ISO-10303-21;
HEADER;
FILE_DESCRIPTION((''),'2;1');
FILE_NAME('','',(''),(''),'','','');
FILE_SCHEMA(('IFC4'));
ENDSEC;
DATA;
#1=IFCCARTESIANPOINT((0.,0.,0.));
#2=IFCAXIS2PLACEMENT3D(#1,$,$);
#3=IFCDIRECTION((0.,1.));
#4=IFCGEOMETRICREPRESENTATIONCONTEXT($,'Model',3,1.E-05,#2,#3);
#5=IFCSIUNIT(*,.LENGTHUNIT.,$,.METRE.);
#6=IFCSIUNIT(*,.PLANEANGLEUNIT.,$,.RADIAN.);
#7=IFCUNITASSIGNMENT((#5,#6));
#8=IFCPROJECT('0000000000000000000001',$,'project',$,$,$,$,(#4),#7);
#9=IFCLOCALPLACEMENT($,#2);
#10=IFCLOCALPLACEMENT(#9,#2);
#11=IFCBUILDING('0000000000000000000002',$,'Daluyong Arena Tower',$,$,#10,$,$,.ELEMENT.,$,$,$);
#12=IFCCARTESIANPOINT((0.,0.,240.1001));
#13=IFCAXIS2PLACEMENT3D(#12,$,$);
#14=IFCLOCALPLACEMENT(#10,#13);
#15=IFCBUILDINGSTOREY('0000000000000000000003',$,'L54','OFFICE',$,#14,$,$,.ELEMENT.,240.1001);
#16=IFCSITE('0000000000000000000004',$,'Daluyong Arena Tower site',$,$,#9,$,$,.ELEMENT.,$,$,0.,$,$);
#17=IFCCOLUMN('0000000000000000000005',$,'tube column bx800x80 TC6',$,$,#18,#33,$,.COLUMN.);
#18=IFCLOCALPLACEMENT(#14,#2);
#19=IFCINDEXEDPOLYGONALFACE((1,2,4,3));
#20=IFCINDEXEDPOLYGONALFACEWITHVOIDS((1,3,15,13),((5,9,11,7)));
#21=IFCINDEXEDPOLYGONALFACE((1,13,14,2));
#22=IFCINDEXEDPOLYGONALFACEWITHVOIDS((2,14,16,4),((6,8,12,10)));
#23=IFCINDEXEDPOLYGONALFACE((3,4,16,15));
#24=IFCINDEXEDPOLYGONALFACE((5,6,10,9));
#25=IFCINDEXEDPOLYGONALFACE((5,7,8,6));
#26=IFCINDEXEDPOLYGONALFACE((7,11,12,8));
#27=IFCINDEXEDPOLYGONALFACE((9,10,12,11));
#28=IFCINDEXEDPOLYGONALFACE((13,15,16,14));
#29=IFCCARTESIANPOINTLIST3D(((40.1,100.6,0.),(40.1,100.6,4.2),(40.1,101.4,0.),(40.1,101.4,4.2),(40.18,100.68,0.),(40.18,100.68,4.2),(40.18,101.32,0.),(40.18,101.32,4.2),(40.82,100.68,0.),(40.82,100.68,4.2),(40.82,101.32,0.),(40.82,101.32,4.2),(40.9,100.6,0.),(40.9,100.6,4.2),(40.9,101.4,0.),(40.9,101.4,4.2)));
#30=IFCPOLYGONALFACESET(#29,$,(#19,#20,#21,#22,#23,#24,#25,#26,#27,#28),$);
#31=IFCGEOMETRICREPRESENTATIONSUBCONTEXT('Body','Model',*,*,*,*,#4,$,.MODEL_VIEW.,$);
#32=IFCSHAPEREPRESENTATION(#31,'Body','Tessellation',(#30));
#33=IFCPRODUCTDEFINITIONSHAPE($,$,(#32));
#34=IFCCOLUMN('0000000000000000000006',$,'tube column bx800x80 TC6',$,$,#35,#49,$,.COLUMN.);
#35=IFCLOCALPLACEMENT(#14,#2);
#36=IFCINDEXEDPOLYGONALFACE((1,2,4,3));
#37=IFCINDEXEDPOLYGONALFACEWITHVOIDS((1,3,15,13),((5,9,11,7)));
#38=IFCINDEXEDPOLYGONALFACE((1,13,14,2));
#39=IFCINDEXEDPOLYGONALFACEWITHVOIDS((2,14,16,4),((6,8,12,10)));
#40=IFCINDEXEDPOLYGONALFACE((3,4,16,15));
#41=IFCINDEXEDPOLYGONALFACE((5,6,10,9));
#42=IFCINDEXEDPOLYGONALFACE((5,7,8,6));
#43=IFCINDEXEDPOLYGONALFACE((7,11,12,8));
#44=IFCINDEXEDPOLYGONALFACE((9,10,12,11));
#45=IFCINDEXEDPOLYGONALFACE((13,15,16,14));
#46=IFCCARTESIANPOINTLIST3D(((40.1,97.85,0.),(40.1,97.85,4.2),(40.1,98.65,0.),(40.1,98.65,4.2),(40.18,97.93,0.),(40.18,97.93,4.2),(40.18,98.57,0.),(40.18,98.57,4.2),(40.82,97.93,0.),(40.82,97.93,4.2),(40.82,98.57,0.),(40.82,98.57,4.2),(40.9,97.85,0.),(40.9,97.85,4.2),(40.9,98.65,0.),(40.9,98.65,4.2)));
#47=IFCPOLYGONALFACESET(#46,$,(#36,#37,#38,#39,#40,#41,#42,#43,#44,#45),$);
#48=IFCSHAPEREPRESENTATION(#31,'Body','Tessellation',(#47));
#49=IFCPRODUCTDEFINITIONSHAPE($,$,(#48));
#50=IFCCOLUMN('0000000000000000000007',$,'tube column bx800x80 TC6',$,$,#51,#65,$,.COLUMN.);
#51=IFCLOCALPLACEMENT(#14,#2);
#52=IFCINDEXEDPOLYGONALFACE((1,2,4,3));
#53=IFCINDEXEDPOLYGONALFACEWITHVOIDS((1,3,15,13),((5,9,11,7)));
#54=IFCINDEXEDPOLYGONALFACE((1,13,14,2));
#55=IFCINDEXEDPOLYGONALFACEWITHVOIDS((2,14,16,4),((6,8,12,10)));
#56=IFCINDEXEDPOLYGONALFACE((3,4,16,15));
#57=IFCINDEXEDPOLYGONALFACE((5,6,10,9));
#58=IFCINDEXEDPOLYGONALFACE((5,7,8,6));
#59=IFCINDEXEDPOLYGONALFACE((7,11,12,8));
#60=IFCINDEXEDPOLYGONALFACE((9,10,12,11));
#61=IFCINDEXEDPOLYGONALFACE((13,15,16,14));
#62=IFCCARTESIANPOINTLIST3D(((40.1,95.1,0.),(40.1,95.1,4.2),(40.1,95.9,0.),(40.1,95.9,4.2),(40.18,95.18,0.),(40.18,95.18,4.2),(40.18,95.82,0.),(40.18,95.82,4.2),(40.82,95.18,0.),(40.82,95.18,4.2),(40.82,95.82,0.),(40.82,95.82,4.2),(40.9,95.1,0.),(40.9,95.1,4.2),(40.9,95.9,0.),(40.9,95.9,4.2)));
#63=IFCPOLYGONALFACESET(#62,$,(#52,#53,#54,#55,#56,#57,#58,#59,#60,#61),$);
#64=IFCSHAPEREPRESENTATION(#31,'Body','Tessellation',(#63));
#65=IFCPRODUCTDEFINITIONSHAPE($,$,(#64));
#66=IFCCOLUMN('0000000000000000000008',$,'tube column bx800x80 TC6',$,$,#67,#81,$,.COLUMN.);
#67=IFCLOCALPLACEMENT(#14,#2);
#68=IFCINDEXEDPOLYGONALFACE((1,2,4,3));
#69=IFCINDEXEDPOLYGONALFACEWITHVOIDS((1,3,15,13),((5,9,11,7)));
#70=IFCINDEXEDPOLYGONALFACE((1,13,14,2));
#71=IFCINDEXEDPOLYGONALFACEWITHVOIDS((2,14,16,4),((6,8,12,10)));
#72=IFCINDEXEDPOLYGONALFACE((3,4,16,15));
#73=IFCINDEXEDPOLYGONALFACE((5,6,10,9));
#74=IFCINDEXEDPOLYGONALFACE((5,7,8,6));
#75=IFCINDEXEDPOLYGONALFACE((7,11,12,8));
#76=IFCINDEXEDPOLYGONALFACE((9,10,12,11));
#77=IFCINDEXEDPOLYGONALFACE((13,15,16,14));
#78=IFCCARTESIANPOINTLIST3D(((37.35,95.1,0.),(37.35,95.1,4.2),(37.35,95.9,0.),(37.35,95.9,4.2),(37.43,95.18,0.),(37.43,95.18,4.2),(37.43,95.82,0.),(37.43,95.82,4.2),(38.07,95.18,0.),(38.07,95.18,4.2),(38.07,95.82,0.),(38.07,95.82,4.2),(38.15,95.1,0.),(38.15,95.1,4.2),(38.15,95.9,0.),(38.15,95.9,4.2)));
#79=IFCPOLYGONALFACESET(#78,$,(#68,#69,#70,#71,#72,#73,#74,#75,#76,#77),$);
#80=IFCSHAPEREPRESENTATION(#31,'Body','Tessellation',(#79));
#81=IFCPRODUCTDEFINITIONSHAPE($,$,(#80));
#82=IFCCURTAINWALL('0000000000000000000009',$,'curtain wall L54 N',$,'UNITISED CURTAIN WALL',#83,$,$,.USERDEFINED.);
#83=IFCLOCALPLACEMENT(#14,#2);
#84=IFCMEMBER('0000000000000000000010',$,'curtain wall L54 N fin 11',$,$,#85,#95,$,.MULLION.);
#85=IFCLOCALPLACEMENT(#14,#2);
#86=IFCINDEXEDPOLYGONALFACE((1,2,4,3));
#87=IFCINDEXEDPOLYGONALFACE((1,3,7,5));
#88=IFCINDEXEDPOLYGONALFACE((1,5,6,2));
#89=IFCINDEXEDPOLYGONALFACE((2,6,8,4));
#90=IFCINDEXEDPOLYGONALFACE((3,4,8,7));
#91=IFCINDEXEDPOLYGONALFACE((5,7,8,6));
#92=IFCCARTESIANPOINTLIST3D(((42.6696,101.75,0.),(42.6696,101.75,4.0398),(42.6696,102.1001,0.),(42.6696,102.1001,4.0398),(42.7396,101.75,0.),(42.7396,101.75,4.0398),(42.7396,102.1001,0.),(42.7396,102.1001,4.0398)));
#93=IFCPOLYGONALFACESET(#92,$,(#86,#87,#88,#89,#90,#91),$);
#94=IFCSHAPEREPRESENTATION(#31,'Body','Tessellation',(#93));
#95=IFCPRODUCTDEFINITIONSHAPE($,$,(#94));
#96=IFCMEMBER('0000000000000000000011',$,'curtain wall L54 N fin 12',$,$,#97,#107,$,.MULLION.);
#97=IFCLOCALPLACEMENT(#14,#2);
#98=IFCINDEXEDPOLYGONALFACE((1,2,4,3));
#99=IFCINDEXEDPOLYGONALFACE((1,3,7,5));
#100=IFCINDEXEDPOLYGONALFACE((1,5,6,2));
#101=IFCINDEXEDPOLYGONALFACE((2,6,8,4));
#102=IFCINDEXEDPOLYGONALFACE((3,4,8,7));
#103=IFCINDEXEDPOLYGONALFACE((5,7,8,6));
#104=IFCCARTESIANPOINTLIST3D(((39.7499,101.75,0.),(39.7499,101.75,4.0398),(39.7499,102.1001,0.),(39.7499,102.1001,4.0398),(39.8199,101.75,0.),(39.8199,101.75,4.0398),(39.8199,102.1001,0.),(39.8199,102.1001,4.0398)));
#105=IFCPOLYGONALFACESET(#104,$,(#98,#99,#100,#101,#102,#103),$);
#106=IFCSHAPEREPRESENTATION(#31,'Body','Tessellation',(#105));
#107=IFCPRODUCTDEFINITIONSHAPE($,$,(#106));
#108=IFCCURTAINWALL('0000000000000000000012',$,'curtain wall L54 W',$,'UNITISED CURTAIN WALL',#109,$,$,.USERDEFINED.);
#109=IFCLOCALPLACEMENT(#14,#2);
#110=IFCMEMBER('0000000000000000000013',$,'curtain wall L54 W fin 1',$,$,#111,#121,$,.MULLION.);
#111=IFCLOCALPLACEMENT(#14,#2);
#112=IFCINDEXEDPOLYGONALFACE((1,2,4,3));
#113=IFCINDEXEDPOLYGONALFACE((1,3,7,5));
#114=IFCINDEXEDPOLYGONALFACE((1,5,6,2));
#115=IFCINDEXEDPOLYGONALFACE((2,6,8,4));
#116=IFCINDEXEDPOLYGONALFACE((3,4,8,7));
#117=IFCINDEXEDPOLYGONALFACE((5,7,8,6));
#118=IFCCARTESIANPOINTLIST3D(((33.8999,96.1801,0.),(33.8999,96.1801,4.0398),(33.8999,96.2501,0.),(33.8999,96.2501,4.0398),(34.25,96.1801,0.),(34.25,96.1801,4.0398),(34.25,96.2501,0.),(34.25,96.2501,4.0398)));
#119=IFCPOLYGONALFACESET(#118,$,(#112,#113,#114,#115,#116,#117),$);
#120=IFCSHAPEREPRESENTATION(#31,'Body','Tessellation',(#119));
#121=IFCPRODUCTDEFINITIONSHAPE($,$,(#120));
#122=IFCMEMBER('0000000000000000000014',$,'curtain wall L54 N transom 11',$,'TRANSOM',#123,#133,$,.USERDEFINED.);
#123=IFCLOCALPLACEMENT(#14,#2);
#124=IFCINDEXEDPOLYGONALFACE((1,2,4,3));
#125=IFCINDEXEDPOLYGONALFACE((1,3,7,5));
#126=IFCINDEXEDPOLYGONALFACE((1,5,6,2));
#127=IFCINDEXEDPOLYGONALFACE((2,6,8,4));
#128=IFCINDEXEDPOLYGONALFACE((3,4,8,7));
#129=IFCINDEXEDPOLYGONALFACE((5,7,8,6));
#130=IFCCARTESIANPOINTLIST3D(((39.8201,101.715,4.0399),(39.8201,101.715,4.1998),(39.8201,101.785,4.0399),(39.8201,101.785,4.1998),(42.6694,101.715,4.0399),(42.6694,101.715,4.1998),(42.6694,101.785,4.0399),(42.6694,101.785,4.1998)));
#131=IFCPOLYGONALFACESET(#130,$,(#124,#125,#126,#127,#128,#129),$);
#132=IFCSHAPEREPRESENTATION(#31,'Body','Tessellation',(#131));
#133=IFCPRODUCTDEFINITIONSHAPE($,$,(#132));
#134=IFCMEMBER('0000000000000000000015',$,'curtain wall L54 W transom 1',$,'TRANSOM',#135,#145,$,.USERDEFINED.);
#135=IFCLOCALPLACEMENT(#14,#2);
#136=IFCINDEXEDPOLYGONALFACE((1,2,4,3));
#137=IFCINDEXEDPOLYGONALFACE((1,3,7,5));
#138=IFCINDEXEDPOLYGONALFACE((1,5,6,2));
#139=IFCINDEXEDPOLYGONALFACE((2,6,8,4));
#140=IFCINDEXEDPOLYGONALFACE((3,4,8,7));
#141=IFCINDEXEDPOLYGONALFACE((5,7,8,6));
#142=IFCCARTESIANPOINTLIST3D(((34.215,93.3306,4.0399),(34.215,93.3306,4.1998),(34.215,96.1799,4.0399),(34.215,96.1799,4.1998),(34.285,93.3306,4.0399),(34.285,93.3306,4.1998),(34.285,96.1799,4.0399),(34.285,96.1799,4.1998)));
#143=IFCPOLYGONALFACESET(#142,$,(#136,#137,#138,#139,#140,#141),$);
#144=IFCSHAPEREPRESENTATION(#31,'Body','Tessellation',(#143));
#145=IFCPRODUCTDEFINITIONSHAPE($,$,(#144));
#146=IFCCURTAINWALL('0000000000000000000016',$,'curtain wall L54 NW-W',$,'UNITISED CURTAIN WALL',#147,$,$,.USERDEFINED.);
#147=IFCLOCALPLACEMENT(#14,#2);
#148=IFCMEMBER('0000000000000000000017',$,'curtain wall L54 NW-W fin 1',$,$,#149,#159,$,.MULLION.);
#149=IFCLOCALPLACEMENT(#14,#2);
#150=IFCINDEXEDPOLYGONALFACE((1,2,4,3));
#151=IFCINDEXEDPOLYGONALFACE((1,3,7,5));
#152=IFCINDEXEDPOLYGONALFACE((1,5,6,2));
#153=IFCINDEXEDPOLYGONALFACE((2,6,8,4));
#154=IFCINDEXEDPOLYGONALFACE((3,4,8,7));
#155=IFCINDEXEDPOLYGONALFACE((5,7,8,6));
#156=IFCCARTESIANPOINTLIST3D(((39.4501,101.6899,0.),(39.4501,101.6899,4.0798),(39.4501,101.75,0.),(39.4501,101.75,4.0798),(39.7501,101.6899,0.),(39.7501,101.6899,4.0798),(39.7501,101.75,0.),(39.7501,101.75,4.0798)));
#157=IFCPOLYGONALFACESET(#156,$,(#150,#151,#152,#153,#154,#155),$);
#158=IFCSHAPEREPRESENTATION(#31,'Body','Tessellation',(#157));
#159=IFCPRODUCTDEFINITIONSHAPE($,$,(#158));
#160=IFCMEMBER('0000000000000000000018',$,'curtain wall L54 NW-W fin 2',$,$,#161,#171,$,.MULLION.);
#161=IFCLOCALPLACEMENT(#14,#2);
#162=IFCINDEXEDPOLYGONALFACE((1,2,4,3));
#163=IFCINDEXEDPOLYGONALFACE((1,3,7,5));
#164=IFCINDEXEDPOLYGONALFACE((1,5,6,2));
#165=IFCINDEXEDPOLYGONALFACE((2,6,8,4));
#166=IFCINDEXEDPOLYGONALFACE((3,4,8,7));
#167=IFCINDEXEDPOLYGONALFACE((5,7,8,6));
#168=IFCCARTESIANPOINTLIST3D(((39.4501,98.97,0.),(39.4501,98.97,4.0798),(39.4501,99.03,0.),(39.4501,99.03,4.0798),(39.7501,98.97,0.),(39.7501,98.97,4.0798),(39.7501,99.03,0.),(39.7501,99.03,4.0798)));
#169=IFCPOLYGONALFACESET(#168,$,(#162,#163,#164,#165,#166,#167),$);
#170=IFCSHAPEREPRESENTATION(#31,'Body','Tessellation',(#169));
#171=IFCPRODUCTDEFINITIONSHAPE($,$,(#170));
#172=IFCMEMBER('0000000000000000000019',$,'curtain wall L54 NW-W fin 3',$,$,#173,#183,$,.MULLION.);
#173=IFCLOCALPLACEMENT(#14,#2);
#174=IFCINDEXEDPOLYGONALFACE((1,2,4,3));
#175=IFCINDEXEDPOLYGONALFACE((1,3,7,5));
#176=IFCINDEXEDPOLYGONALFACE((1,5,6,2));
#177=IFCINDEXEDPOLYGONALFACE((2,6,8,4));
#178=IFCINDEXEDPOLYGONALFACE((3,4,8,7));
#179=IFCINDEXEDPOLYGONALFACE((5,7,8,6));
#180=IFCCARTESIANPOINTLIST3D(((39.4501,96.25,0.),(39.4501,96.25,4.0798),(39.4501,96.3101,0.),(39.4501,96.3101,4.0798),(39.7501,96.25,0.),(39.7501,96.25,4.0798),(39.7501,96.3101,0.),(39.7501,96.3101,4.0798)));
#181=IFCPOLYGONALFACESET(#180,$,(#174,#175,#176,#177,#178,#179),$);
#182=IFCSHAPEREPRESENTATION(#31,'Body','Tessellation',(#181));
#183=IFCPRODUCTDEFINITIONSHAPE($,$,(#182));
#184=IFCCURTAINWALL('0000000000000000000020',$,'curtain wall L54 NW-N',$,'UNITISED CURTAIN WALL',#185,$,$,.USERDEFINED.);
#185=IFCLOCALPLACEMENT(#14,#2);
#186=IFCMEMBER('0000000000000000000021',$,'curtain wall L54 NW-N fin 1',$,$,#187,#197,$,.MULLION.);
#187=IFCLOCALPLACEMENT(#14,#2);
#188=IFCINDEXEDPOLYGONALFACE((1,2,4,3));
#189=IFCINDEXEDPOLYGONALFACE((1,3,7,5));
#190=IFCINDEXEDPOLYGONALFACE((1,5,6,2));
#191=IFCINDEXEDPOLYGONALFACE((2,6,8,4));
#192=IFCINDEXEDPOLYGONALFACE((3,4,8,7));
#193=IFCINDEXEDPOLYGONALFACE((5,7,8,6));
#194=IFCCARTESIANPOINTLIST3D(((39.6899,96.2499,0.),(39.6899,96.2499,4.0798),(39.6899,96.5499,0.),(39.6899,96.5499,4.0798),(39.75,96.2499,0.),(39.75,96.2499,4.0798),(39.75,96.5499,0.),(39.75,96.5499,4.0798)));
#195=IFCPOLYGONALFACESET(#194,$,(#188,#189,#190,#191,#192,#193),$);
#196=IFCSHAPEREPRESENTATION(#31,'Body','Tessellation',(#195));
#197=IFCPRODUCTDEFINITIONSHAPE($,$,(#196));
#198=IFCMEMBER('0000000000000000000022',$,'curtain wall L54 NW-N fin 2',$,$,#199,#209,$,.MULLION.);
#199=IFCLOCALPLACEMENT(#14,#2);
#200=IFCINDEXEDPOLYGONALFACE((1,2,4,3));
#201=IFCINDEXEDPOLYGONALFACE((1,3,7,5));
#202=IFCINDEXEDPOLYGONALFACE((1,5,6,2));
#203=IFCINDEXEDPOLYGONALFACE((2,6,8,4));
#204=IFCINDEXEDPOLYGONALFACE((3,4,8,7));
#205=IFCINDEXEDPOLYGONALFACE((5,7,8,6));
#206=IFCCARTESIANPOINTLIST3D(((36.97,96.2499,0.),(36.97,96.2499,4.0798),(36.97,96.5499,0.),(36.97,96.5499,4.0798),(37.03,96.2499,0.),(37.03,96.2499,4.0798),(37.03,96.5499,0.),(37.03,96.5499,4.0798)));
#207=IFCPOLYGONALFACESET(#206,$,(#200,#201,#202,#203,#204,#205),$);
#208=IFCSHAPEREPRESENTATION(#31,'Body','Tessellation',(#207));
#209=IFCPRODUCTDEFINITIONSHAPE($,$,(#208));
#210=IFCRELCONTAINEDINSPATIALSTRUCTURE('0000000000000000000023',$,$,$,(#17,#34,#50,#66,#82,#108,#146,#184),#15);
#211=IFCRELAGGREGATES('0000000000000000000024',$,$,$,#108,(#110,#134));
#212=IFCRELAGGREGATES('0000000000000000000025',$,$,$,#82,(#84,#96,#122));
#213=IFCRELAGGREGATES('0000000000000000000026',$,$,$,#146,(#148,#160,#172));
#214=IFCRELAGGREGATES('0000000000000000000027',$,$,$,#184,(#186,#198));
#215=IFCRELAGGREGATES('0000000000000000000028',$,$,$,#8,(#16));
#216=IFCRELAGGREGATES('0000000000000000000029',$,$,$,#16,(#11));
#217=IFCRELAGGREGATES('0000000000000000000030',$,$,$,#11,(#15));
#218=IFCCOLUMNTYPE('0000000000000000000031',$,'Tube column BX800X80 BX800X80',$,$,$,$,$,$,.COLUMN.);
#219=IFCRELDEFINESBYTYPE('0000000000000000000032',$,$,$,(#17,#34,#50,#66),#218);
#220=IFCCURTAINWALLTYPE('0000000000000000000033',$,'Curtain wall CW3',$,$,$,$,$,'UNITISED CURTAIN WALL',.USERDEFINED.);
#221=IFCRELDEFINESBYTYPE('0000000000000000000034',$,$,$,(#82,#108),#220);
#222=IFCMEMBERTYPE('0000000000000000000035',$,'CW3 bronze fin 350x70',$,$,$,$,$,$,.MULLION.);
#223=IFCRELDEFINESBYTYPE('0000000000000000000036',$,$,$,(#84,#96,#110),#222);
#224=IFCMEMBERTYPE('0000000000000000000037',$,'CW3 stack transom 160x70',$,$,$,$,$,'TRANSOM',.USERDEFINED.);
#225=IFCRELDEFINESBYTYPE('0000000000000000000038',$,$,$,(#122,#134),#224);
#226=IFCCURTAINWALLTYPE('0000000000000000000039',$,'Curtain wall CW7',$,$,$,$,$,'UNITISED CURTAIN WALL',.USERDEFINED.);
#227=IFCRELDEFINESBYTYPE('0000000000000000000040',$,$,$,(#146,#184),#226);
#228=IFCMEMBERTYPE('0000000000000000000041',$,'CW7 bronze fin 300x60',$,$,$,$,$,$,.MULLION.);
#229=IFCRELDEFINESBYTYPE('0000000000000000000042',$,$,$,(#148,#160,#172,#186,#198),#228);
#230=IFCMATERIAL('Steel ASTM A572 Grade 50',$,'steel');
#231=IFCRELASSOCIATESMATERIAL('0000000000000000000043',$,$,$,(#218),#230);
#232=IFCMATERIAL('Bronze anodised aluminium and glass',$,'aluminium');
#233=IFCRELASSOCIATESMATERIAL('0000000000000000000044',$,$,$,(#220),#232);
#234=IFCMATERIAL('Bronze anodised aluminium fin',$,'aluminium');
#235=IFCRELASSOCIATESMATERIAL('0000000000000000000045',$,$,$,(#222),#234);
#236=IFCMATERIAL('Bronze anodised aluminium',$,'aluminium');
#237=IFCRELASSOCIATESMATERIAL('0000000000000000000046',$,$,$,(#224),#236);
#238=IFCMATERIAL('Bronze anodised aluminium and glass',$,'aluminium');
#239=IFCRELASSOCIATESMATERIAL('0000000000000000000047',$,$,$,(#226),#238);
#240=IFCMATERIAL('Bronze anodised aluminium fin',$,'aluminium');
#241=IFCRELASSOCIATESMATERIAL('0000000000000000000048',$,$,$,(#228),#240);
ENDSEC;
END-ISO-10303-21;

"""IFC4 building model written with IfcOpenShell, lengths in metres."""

from ifc_helpers import new_model, si_unit, direction, frame, origin, origin_2d, place, context, subcontext, project, spatial, rectangle, hollow_rectangle, extrude, material, material_profile, profile_set, type_object, element, aggregate, save


model = new_model("IFC4")

# Units and contexts
model_context = context("Model", 3, precision=1e-05, world=origin(), true_north=direction((0.0, 1.0)))
body_context = subcontext(model_context, "Body", "Model", "MODEL_VIEW")
ifc_project = project(units=[si_unit("LENGTHUNIT", "METRE"), si_unit("PLANEANGLEUNIT", "RADIAN")], contexts=[model_context])

# Site, building, storey
site_placement = place(None, origin())
site = spatial("IfcSite", under=ifc_project, at=site_placement, Name="Daluyong Arena Tower site", CompositionType="ELEMENT", RefElevation=0.0)
building_placement = place(site_placement, origin())
building = spatial("IfcBuilding", under=site, at=building_placement, Name="Daluyong Arena Tower", CompositionType="ELEMENT")
storey_placement = place(building_placement, frame((0.0, 0.0, 240.1001)))
storey = spatial("IfcBuildingStorey", under=building, at=storey_placement, Name="L54", Description="OFFICE", CompositionType="ELEMENT", Elevation=240.1001)

# Columns
ifc_material_1 = material(Name="Steel ASTM A572 Grade 50", Category="steel")
ifc_material_profile_1 = material_profile(ifc_material_1, hollow_rectangle(XDim=0.8, YDim=0.8, WallThickness=0.08, at=origin_2d()))
ifc_profile_set_1 = profile_set([ifc_material_profile_1], Name="Steel ASTM A572 Grade 50")
column_type = type_object("IfcColumnType", Name="Tube column BX800X80 BX800X80", PredefinedType="COLUMN", material=ifc_profile_set_1)
for number, where, z_axis, x_axis, name in (
    (1, (40.5, 101.0, 0.0), (0.0, 0.0, 1.0), (0.0, 1.0, 0.0), "tube column bx800x80 TC6"),
    (2, (40.5, 98.25, 0.0), (0.0, 0.0, 1.0), (0.0, 1.0, 0.0), "tube column bx800x80 TC6"),
    (3, (40.5, 95.5, 0.0), (0.0, 0.0, 1.0), (1.0, 0.0, 0.0), "tube column bx800x80 TC6"),
    (4, (37.75, 95.5, 0.0), (0.0, 0.0, 1.0), (1.0, 0.0, 0.0), "tube column bx800x80 TC6"),
):
    element("IfcColumn", number, at=place(storey_placement, frame(where, z_axis=z_axis, x_axis=x_axis)), inside=storey, type_object=column_type, Name=name, PredefinedType="COLUMN", context=body_context, shape_type="SweptSolid", body=[
        extrude(hollow_rectangle(XDim=0.8, YDim=0.8, WallThickness=0.08, at=origin_2d()), origin(), (0.0, 0.0, 1.0), 4.2),
    ])

# Curtain wall, members
ifc_material_2 = material(Name="Bronze anodised aluminium and glass", Category="aluminium")
curtain_wall_type_1 = type_object("IfcCurtainWallType", Name="Curtain wall CW3", ElementType="UNITISED CURTAIN WALL", PredefinedType="USERDEFINED", material=ifc_material_2)
curtain_wall_1_placement = place(storey_placement, origin())
curtain_wall_1 = element("IfcCurtainWall", 5, at=curtain_wall_1_placement, inside=storey, type_object=curtain_wall_type_1, Name="curtain wall L54 N", ObjectType="UNITISED CURTAIN WALL", PredefinedType="USERDEFINED")
ifc_material_3 = material(Name="Bronze anodised aluminium fin", Category="aluminium")
ifc_material_profile_2 = material_profile(ifc_material_3, rectangle(XDim=0.3501, YDim=0.0701, at=origin_2d()))
ifc_profile_set_2 = profile_set([ifc_material_profile_2], Name="Bronze anodised aluminium fin")
member_type_1 = type_object("IfcMemberType", Name="CW3 bronze fin 350x70", PredefinedType="MULLION", material=ifc_profile_set_2)
member_1_placement = place(storey_placement, frame((42.7046, 101.925, 0.0), z_axis=(0.0, 0.0, 1.0), x_axis=(0.0, -1.0, 0.0)))
member_1 = element("IfcMember", 6, at=member_1_placement, type_object=member_type_1, Name="curtain wall L54 N fin 11", PredefinedType="MULLION", context=body_context, shape_type="SweptSolid", body=[
    extrude(rectangle(XDim=0.3501, YDim=0.0701, at=origin_2d()), origin(), (0.0, 0.0, 1.0), 4.0398),
])
member_2_placement = place(storey_placement, frame((39.7849, 101.925, 0.0), z_axis=(0.0, 0.0, 1.0), x_axis=(0.0, -1.0, 0.0)))
member_2 = element("IfcMember", 7, at=member_2_placement, type_object=member_type_1, Name="curtain wall L54 N fin 12", PredefinedType="MULLION", context=body_context, shape_type="SweptSolid", body=[
    extrude(rectangle(XDim=0.3501, YDim=0.0701, at=origin_2d()), origin(), (0.0, 0.0, 1.0), 4.0398),
])

# Curtain wall, member
curtain_wall_2_placement = place(storey_placement, origin())
curtain_wall_2 = element("IfcCurtainWall", 8, at=curtain_wall_2_placement, inside=storey, type_object=curtain_wall_type_1, Name="curtain wall L54 W", ObjectType="UNITISED CURTAIN WALL", PredefinedType="USERDEFINED")
member_3_placement = place(storey_placement, frame((34.075, 96.2151, 0.0), z_axis=(0.0, 0.0, 1.0), x_axis=(1.0, 0.0, 0.0)))
member_3 = element("IfcMember", 9, at=member_3_placement, type_object=member_type_1, Name="curtain wall L54 W fin 1", PredefinedType="MULLION", context=body_context, shape_type="SweptSolid", body=[
    extrude(rectangle(XDim=0.3501, YDim=0.0701, at=origin_2d()), origin(), (0.0, 0.0, 1.0), 4.0398),
])

# Members
ifc_material_4 = material(Name="Bronze anodised aluminium", Category="aluminium")
ifc_material_profile_3 = material_profile(ifc_material_4, rectangle(XDim=0.0701, YDim=0.1599, at=origin_2d()))
ifc_profile_set_3 = profile_set([ifc_material_profile_3], Name="Bronze anodised aluminium")
member_type_2 = type_object("IfcMemberType", Name="CW3 stack transom 160x70", ElementType="TRANSOM", PredefinedType="USERDEFINED", material=ifc_profile_set_3)
member_4_placement = place(storey_placement, frame((42.6694, 101.75, 4.1199), z_axis=(-1.0, 0.0, 0.0), x_axis=(0.0, -1.0, 0.0)))
member_4 = element("IfcMember", 10, at=member_4_placement, type_object=member_type_2, Name="curtain wall L54 N transom 11", ObjectType="TRANSOM", PredefinedType="USERDEFINED", context=body_context, shape_type="SweptSolid", body=[
    extrude(rectangle(XDim=0.0701, YDim=0.1599, at=origin_2d()), origin(), (0.0, 0.0, 1.0), 2.8494),
])
member_5_placement = place(storey_placement, frame((34.25, 96.1799, 4.1199), z_axis=(0.0, -1.0, 0.0), x_axis=(1.0, 0.0, 0.0)))
member_5 = element("IfcMember", 11, at=member_5_placement, type_object=member_type_2, Name="curtain wall L54 W transom 1", ObjectType="TRANSOM", PredefinedType="USERDEFINED", context=body_context, shape_type="SweptSolid", body=[
    extrude(rectangle(XDim=0.0701, YDim=0.1599, at=origin_2d()), origin(), (0.0, 0.0, 1.0), 2.8494),
])
aggregate(curtain_wall_2, [member_3, member_5])

# Curtain walls, members
ifc_material_5 = material(Name="Bronze anodised aluminium and glass", Category="aluminium")
curtain_wall_type_2 = type_object("IfcCurtainWallType", Name="Curtain wall CW7", ElementType="UNITISED CURTAIN WALL", PredefinedType="USERDEFINED", material=ifc_material_5)
curtain_wall_3_placement = place(storey_placement, origin())
curtain_wall_3 = element("IfcCurtainWall", 12, at=curtain_wall_3_placement, inside=storey, type_object=curtain_wall_type_2, Name="curtain wall L54 NW-W", ObjectType="UNITISED CURTAIN WALL", PredefinedType="USERDEFINED")
ifc_material_6 = material(Name="Bronze anodised aluminium fin", Category="aluminium")
ifc_material_profile_4 = material_profile(ifc_material_6, rectangle(XDim=0.3, YDim=0.0601, at=origin_2d()))
ifc_profile_set_4 = profile_set([ifc_material_profile_4], Name="Bronze anodised aluminium fin")
member_type_3 = type_object("IfcMemberType", Name="CW7 bronze fin 300x60", PredefinedType="MULLION", material=ifc_profile_set_4)
member_6_placement = place(storey_placement, frame((39.6001, 101.72, 0.0), z_axis=(0.0, 0.0, 1.0), x_axis=(1.0, 0.0, 0.0)))
member_6 = element("IfcMember", 13, at=member_6_placement, type_object=member_type_3, Name="curtain wall L54 NW-W fin 1", PredefinedType="MULLION", context=body_context, shape_type="SweptSolid", body=[
    extrude(rectangle(XDim=0.3, YDim=0.0601, at=origin_2d()), origin(), (0.0, 0.0, 1.0), 4.0798),
])
member_7_placement = place(storey_placement, frame((39.6001, 99.0, 0.0), z_axis=(0.0, 0.0, 1.0), x_axis=(1.0, 0.0, 0.0)))
member_7 = element("IfcMember", 14, at=member_7_placement, type_object=member_type_3, Name="curtain wall L54 NW-W fin 2", PredefinedType="MULLION", context=body_context, shape_type="SweptSolid", body=[
    extrude(rectangle(XDim=0.3, YDim=0.0601, at=origin_2d()), origin(), (0.0, 0.0, 1.0), 4.0798),
])
member_8_placement = place(storey_placement, frame((39.6001, 96.28, 0.0), z_axis=(0.0, 0.0, 1.0), x_axis=(1.0, 0.0, 0.0)))
member_8 = element("IfcMember", 15, at=member_8_placement, type_object=member_type_3, Name="curtain wall L54 NW-W fin 3", PredefinedType="MULLION", context=body_context, shape_type="SweptSolid", body=[
    extrude(rectangle(XDim=0.3, YDim=0.0601, at=origin_2d()), origin(), (0.0, 0.0, 1.0), 4.0798),
])
curtain_wall_4_placement = place(storey_placement, origin())
curtain_wall_4 = element("IfcCurtainWall", 16, at=curtain_wall_4_placement, inside=storey, type_object=curtain_wall_type_2, Name="curtain wall L54 NW-N", ObjectType="UNITISED CURTAIN WALL", PredefinedType="USERDEFINED")
member_9_placement = place(storey_placement, frame((39.72, 96.3999, 0.0), z_axis=(0.0, 0.0, 1.0), x_axis=(0.0, -1.0, 0.0)))
member_9 = element("IfcMember", 17, at=member_9_placement, type_object=member_type_3, Name="curtain wall L54 NW-N fin 1", PredefinedType="MULLION", context=body_context, shape_type="SweptSolid", body=[
    extrude(rectangle(XDim=0.3, YDim=0.0601, at=origin_2d()), origin(), (0.0, 0.0, 1.0), 4.0798),
])
member_10_placement = place(storey_placement, frame((37.0, 96.3999, 0.0), z_axis=(0.0, 0.0, 1.0), x_axis=(0.0, -1.0, 0.0)))
member_10 = element("IfcMember", 18, at=member_10_placement, type_object=member_type_3, Name="curtain wall L54 NW-N fin 2", PredefinedType="MULLION", context=body_context, shape_type="SweptSolid", body=[
    extrude(rectangle(XDim=0.3, YDim=0.0601, at=origin_2d()), origin(), (0.0, 0.0, 1.0), 4.0798),
])

aggregate(curtain_wall_1, [member_1, member_2, member_4])
aggregate(curtain_wall_3, [member_6, member_7, member_8])
aggregate(curtain_wall_4, [member_9, member_10])

save(model, "model.ifc")
